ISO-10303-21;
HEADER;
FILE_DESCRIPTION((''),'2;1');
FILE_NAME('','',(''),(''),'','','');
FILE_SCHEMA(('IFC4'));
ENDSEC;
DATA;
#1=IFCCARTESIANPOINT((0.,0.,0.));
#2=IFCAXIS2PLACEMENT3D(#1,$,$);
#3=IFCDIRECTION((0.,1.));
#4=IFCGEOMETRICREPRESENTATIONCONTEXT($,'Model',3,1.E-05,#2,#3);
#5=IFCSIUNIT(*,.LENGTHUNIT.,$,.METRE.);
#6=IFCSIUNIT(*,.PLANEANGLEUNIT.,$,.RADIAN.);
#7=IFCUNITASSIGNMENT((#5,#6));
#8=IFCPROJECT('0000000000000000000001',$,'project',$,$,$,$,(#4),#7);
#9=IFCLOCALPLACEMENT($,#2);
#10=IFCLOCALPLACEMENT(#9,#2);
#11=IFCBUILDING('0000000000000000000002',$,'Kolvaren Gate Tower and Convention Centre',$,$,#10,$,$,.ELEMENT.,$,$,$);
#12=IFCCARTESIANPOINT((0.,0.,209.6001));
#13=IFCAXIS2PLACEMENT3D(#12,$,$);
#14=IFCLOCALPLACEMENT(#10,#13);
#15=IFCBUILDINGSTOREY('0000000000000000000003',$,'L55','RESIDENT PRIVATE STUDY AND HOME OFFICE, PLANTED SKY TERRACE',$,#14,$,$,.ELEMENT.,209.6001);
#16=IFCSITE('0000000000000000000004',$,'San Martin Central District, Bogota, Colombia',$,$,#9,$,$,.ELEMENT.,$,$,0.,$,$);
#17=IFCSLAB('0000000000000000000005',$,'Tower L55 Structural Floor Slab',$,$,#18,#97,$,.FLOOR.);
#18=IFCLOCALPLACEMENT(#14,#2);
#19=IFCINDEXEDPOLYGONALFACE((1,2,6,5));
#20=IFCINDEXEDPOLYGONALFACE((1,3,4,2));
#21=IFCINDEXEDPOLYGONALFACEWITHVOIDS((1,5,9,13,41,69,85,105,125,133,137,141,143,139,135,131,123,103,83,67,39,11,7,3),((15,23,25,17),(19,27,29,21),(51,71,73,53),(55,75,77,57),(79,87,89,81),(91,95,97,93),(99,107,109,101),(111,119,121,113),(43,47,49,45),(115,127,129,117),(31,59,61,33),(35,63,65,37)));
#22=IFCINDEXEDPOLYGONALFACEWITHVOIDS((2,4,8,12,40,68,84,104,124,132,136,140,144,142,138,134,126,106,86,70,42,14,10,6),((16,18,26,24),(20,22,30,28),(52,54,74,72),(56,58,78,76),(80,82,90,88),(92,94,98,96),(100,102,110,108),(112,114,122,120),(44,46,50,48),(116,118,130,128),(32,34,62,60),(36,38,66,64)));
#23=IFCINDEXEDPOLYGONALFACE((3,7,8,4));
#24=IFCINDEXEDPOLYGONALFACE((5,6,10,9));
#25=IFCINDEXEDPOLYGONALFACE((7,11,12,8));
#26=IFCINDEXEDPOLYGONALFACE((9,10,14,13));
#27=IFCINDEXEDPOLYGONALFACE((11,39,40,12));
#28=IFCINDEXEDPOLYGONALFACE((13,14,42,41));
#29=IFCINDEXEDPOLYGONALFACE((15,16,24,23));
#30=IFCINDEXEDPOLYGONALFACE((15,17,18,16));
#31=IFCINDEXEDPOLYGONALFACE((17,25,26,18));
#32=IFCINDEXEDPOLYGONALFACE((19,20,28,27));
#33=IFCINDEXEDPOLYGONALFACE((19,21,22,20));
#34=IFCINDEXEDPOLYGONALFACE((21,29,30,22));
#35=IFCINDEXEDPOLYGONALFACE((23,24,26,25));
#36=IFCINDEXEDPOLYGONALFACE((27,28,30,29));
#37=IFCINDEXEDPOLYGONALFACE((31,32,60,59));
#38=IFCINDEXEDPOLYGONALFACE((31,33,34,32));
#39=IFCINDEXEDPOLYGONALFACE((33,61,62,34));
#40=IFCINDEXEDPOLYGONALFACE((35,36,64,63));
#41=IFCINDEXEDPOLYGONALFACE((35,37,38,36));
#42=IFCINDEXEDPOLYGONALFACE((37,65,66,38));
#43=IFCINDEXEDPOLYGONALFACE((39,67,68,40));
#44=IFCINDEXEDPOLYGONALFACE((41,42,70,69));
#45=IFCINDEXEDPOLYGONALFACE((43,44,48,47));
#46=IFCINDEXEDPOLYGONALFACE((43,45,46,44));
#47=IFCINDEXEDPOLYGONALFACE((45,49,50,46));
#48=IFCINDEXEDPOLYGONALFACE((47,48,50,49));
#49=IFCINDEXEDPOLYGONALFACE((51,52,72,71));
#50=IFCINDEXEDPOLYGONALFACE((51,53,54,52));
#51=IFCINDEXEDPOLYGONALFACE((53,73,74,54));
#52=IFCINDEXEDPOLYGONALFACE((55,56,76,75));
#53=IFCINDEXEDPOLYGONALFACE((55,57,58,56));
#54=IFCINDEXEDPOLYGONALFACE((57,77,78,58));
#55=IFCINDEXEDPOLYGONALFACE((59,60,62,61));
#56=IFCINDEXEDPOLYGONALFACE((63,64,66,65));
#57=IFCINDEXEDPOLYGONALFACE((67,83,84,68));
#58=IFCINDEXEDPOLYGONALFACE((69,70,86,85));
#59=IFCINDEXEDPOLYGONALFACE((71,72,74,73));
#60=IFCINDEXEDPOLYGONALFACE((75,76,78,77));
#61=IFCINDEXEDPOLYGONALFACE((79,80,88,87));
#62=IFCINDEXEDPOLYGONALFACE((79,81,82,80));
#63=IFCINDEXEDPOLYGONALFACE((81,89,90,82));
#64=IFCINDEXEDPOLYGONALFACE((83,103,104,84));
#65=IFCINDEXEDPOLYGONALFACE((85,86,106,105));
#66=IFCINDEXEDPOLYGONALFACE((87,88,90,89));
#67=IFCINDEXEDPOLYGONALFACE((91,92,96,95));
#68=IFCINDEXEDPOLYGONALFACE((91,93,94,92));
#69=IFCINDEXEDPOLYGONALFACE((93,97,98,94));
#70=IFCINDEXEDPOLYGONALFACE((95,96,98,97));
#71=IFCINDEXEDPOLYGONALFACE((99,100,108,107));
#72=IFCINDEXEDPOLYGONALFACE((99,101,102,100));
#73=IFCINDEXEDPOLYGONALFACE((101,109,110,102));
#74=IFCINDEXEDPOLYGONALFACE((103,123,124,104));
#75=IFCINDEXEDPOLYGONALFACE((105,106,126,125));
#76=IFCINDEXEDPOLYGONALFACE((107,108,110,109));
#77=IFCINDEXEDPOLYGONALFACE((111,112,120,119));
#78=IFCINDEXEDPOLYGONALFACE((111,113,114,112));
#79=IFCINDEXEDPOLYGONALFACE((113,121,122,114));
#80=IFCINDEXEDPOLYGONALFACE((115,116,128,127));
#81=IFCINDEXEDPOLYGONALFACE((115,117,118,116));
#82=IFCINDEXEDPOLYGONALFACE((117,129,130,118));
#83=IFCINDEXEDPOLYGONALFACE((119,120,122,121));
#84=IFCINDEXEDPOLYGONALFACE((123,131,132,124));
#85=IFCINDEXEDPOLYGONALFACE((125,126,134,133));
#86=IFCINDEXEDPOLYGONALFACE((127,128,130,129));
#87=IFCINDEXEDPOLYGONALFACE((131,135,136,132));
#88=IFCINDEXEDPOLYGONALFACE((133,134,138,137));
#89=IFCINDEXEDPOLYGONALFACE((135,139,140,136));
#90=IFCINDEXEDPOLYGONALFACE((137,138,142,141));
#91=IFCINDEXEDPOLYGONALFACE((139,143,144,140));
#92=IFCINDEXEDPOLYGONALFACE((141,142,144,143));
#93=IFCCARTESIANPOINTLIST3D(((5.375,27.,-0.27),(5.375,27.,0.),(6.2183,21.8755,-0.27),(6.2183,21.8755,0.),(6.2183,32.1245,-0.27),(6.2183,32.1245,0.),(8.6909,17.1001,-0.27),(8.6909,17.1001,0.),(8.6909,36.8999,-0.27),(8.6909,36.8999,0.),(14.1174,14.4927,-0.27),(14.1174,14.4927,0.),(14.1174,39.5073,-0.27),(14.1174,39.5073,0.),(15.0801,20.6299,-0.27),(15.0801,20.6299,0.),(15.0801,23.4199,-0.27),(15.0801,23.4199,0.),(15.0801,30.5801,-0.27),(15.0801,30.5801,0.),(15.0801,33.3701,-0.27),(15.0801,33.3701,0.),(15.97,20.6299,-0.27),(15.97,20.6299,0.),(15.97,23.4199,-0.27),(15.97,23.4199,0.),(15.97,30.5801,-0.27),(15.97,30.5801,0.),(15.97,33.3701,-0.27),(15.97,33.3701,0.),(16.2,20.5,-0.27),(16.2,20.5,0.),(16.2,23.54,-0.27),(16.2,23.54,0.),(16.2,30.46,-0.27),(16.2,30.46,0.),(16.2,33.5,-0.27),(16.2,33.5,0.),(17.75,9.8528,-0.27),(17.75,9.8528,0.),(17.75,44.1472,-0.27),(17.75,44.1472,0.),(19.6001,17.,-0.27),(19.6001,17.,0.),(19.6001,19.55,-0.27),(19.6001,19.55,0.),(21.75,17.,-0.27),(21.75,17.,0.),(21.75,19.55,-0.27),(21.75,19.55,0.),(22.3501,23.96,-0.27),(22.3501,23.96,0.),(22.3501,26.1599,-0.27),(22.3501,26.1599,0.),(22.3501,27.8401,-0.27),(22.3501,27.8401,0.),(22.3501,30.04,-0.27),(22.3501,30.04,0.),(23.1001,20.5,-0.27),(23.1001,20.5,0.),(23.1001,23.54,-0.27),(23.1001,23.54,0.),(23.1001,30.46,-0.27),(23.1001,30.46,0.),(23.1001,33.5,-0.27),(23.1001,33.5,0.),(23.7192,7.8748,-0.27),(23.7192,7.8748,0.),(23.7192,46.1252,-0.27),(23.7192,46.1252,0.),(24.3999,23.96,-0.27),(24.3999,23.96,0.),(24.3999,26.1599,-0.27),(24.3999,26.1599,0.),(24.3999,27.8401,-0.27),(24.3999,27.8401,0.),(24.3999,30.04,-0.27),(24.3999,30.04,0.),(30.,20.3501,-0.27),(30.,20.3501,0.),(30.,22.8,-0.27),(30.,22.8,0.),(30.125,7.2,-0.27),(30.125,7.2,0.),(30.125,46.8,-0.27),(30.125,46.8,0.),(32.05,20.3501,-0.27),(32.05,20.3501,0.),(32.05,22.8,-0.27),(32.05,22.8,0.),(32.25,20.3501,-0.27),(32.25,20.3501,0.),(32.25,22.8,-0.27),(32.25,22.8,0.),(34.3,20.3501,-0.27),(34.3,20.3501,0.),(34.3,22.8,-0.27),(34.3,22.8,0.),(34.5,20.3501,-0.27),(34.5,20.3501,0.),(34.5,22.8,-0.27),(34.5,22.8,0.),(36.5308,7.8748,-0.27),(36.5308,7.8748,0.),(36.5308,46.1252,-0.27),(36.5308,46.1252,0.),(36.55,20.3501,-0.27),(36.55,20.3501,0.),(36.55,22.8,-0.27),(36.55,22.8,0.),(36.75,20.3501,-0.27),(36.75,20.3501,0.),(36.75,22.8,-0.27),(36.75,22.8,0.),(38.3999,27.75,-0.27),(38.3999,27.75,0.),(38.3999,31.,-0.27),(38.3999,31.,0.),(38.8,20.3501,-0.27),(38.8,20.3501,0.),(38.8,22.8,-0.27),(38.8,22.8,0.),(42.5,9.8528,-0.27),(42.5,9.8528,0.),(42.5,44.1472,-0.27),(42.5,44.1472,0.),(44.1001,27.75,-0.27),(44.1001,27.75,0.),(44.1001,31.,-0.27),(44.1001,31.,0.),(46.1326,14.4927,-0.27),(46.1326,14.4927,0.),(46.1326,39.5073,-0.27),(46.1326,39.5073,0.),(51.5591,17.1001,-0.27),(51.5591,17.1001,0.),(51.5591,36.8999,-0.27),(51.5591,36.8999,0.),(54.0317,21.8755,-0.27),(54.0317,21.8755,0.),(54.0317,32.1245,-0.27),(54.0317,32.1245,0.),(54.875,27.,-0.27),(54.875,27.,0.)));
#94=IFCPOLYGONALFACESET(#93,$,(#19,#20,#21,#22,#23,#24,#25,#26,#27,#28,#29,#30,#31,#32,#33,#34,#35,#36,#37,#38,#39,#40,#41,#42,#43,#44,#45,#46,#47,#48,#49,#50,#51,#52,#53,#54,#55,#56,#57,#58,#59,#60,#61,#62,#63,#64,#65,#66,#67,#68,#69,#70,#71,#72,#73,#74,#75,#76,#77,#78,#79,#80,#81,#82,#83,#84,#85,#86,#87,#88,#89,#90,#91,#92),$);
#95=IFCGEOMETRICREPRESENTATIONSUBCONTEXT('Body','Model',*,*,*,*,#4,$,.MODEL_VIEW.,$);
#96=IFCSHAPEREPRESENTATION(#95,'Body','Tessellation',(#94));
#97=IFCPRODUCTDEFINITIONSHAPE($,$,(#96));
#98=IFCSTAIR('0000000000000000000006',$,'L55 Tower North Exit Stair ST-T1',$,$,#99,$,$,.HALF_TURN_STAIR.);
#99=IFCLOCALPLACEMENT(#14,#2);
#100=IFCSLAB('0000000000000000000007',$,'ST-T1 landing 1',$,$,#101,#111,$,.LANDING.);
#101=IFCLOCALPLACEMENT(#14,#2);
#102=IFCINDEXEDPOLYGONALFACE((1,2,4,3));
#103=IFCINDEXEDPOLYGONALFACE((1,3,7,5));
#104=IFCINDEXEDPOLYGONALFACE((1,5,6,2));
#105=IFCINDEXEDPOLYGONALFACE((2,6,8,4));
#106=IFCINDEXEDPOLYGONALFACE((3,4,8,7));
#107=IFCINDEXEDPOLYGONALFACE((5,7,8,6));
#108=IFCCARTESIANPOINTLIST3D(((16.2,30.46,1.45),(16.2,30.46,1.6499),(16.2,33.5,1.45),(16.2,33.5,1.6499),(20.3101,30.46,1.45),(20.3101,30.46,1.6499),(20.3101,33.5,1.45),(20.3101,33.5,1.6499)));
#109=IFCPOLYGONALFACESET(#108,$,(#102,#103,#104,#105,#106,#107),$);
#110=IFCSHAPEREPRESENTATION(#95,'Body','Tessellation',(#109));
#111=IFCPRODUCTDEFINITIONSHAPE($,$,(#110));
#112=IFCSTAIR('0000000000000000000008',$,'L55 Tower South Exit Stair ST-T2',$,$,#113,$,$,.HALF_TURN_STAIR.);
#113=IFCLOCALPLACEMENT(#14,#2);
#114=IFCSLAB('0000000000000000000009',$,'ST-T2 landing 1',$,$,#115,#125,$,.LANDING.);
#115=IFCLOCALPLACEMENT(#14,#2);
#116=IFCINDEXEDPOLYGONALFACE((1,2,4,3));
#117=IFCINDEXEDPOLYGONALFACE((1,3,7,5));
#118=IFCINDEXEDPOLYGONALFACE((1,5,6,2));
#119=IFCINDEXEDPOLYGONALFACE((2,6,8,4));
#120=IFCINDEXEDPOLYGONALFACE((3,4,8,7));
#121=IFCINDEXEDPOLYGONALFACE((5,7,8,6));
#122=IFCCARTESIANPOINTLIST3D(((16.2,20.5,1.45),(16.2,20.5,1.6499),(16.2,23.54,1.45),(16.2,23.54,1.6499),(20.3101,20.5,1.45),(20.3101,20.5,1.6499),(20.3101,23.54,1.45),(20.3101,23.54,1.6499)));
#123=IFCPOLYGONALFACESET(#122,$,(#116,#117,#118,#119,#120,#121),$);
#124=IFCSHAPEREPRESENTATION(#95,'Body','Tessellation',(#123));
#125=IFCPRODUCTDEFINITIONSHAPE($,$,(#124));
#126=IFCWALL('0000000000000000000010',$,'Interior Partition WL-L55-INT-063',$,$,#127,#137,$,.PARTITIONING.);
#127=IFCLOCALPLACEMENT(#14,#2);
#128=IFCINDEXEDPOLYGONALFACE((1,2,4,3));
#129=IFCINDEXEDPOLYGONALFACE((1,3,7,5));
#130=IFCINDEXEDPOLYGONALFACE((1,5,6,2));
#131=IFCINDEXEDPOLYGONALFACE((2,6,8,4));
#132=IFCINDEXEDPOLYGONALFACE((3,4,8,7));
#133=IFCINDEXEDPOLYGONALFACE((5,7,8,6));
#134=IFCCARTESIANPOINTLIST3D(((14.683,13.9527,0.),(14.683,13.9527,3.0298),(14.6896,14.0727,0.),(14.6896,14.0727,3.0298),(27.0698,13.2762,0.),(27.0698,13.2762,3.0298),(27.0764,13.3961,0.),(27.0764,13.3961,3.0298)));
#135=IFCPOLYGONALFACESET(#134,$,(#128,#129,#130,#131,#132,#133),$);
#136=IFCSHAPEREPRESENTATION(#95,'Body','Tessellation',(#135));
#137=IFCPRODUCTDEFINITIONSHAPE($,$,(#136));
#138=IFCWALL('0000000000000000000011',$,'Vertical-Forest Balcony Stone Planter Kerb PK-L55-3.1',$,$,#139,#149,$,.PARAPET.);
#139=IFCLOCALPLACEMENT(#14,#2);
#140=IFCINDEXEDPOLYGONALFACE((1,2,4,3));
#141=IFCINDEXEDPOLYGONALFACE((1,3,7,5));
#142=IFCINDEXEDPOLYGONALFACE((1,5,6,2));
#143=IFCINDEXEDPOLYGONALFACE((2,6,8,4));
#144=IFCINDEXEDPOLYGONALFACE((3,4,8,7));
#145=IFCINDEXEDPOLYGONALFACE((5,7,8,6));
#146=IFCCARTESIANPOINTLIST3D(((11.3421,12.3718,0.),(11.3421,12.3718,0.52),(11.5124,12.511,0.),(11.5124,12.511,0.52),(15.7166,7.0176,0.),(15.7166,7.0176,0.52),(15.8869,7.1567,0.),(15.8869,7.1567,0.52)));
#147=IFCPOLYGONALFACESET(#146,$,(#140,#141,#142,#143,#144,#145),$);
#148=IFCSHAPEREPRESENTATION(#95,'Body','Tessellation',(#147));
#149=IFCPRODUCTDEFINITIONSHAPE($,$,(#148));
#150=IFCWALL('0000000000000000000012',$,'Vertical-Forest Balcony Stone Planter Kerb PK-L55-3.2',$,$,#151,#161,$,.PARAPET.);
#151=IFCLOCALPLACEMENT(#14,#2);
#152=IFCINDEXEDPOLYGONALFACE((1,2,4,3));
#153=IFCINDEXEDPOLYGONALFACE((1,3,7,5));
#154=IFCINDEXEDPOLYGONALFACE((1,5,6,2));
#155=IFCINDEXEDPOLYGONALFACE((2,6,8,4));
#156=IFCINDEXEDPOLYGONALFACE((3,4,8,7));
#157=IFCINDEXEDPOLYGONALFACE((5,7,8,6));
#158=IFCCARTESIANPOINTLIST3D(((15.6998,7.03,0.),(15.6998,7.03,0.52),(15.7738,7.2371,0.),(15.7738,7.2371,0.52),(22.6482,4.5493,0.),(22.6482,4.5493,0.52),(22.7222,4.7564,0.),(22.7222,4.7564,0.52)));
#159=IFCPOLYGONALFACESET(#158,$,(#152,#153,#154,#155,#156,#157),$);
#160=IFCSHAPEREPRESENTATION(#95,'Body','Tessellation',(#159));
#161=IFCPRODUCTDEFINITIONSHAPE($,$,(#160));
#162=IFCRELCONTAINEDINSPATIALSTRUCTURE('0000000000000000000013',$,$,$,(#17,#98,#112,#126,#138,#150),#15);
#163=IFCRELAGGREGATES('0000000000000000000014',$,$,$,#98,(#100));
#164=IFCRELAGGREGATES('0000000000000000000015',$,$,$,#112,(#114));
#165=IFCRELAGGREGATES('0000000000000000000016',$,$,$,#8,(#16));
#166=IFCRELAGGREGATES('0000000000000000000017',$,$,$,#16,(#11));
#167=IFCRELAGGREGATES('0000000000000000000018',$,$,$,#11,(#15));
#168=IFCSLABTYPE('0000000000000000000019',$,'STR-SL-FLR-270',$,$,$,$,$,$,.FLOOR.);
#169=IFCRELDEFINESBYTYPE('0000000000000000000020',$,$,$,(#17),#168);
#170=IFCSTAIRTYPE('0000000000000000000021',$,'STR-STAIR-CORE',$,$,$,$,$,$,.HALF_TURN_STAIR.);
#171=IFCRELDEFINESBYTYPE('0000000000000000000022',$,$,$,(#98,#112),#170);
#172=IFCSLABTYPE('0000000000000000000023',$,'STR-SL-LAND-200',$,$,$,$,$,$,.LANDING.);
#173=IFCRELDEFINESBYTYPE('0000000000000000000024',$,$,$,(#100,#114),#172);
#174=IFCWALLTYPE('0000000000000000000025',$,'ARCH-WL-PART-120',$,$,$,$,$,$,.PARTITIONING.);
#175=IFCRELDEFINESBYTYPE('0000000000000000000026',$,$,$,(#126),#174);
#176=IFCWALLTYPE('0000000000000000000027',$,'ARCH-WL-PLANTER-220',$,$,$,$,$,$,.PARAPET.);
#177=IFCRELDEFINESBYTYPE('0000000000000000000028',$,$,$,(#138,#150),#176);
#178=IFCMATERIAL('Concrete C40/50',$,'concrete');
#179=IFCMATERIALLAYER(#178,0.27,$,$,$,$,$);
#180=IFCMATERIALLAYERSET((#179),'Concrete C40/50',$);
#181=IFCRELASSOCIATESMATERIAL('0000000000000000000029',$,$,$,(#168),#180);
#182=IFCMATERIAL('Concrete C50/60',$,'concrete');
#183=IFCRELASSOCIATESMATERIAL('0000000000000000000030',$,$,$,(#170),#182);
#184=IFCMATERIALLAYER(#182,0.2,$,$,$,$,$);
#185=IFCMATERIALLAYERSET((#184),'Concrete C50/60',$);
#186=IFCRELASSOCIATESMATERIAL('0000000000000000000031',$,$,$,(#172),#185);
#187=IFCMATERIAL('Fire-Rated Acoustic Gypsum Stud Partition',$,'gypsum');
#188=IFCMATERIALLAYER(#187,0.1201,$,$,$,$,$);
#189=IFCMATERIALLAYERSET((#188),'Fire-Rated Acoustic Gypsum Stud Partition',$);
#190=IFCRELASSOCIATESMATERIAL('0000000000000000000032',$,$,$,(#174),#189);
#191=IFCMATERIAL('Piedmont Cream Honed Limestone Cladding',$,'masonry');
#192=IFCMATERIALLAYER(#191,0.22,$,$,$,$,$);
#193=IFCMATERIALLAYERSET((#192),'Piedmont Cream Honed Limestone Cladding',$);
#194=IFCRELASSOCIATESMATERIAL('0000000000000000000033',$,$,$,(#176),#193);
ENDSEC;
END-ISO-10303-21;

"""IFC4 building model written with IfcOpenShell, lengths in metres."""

from ifc_helpers import new_model, si_unit, direction, frame, frame_2d, origin, place, context, subcontext, project, spatial, polyline, rectangle, outline, extrude, material, layer, layer_set, type_object, element, aggregate, save


model = new_model("IFC4")

# Units and contexts
model_context = context("Model", 3, precision=1e-05, world=origin(), true_north=direction((0.0, 1.0)))
body_context = subcontext(model_context, "Body", "Model", "MODEL_VIEW")
ifc_project = project(units=[si_unit("LENGTHUNIT", "METRE"), si_unit("PLANEANGLEUNIT", "RADIAN")], contexts=[model_context])

# Site, building, storey
site_placement = place(None, origin())
site = spatial("IfcSite", under=ifc_project, at=site_placement, Name="San Martin Central District, Bogota, Colombia", CompositionType="ELEMENT", RefElevation=0.0)
building_placement = place(site_placement, origin())
building = spatial("IfcBuilding", under=site, at=building_placement, Name="Kolvaren Gate Tower and Convention Centre", CompositionType="ELEMENT")
storey_placement = place(building_placement, frame((0.0, 0.0, 209.6001)))
storey = spatial("IfcBuildingStorey", under=building, at=storey_placement, Name="L55", Description="RESIDENT PRIVATE STUDY AND HOME OFFICE, PLANTED SKY TERRACE", CompositionType="ELEMENT", Elevation=209.6001)

# Slab
ifc_material_1 = material(Name="Concrete C50/60", Category="concrete")
ifc_material_2 = material(Name="Concrete C40/50", Category="concrete")
ifc_layer_1 = layer(ifc_material_2, 0.27)
ifc_layer_set_1 = layer_set([ifc_layer_1], Name="Concrete C40/50")
slab_type_1 = type_object("IfcSlabType", Name="STR-SL-FLR-270", PredefinedType="FLOOR", material=ifc_layer_set_1)
slab_1_placement = place(storey_placement, frame((0.0, 0.0, -0.27)))
element("IfcSlab", 1, at=slab_1_placement, inside=storey, type_object=slab_type_1, Name="Tower L55 Structural Floor Slab", PredefinedType="FLOOR", context=body_context, shape_type="SweptSolid", body=[
    extrude(outline(polyline([(54.875, 27.0), (54.0317, 32.1245), (51.5591, 36.8999), (46.1326, 39.5073), (42.5, 44.1472), (36.5308, 46.1252), (30.125, 46.8), (23.7192, 46.1252), (17.75, 44.1472), (14.1174, 39.5073), (8.6909, 36.8999), (6.2183, 32.1245), (5.375, 27.0), (6.2183, 21.8755), (8.6909, 17.1001), (14.1174, 14.4927), (17.75, 9.8528), (23.7192, 7.8748), (30.125, 7.2), (36.5308, 7.8748), (42.5, 9.8528), (46.1326, 14.4927), (51.5591, 17.1001), (54.0317, 21.8755), (54.875, 27.0)]), holes=[polyline([(38.3999, 27.75), (38.3999, 31.0), (44.1001, 31.0), (44.1001, 27.75), (38.3999, 27.75)]), polyline([(38.8, 20.3501), (36.75, 20.3501), (36.75, 22.8), (38.8, 22.8), (38.8, 20.3501)]), polyline([(34.5, 20.3501), (34.5, 22.8), (36.55, 22.8), (36.55, 20.3501), (34.5, 20.3501)]), polyline([(32.25, 20.3501), (32.25, 22.8), (34.3, 22.8), (34.3, 20.3501), (32.25, 20.3501)]), polyline([(32.05, 20.3501), (30.0, 20.3501), (30.0, 22.8), (32.05, 22.8), (32.05, 20.3501)]), polyline([(22.3501, 23.96), (22.3501, 26.1599), (24.3999, 26.1599), (24.3999, 23.96), (22.3501, 23.96)]), polyline([(24.3999, 27.8401), (22.3501, 27.8401), (22.3501, 30.04), (24.3999, 30.04), (24.3999, 27.8401)]), polyline([(23.1001, 23.54), (23.1001, 20.5), (16.2, 20.5), (16.2, 23.54), (23.1001, 23.54)]), polyline([(23.1001, 33.5), (23.1001, 30.46), (16.2, 30.46), (16.2, 33.5), (23.1001, 33.5)]), polyline([(21.75, 17.0), (19.6001, 17.0), (19.6001, 19.55), (21.75, 19.55), (21.75, 17.0)]), polyline([(15.0801, 20.6299), (15.0801, 23.4199), (15.97, 23.4199), (15.97, 20.6299), (15.0801, 20.6299)]), polyline([(15.0801, 30.5801), (15.0801, 33.3701), (15.97, 33.3701), (15.97, 30.5801), (15.0801, 30.5801)])]), origin(), (0.0, 0.0, 1.0), 0.27),
])

# Stairs, slabs
stair_type = type_object("IfcStairType", Name="STR-STAIR-CORE", PredefinedType="HALF_TURN_STAIR", material=ifc_material_1)
stair_1_placement = place(storey_placement, origin())
stair_1 = element("IfcStair", 2, at=stair_1_placement, inside=storey, type_object=stair_type, Name="L55 Tower North Exit Stair ST-T1", PredefinedType="HALF_TURN_STAIR")
ifc_layer_2 = layer(ifc_material_1, 0.2)
ifc_layer_set_2 = layer_set([ifc_layer_2], Name="Concrete C50/60")
slab_type_2 = type_object("IfcSlabType", Name="STR-SL-LAND-200", PredefinedType="LANDING", material=ifc_layer_set_2)
slab_2_placement = place(storey_placement, frame((0.0, 0.0, 1.45)))
slab_2 = element("IfcSlab", 3, at=slab_2_placement, type_object=slab_type_2, Name="ST-T1 landing 1", PredefinedType="LANDING", context=body_context, shape_type="SweptSolid", body=[
    extrude(outline(polyline([(20.3101, 33.5), (16.2, 33.5), (16.2, 30.46), (20.3101, 30.46), (20.3101, 33.5)])), origin(), (0.0, 0.0, 1.0), 0.2),
])
aggregate(stair_1, [slab_2])
stair_2_placement = place(storey_placement, origin())
stair_2 = element("IfcStair", 4, at=stair_2_placement, inside=storey, type_object=stair_type, Name="L55 Tower South Exit Stair ST-T2", PredefinedType="HALF_TURN_STAIR")
slab_3_placement = place(storey_placement, frame((0.0, 0.0, 1.45)))
slab_3 = element("IfcSlab", 5, at=slab_3_placement, type_object=slab_type_2, Name="ST-T2 landing 1", PredefinedType="LANDING", context=body_context, shape_type="SweptSolid", body=[
    extrude(outline(polyline([(20.3101, 23.54), (16.2, 23.54), (16.2, 20.5), (20.3101, 20.5), (20.3101, 23.54)])), origin(), (0.0, 0.0, 1.0), 0.2),
])
aggregate(stair_2, [slab_3])

# Walls
ifc_material_3 = material(Name="Fire-Rated Acoustic Gypsum Stud Partition", Category="gypsum")
ifc_layer_3 = layer(ifc_material_3, 0.1201)
ifc_layer_set_3 = layer_set([ifc_layer_3], Name="Fire-Rated Acoustic Gypsum Stud Partition")
wall_type_1 = type_object("IfcWallType", Name="ARCH-WL-PART-120", PredefinedType="PARTITIONING", material=ifc_layer_set_3)
wall_1_placement = place(storey_placement, frame((14.6863, 14.0127, 0.0), z_axis=(0.0, 0.0, 1.0), x_axis=(0.998512, -0.054535, 0.0)))
element("IfcWall", 6, at=wall_1_placement, inside=storey, type_object=wall_type_1, Name="Interior Partition WL-L55-INT-063", PredefinedType="PARTITIONING", context=body_context, shape_type="SweptSolid", body=[
    extrude(rectangle(XDim=12.4053, YDim=0.1201, at=frame_2d((6.2026, 0.0))), origin(), (0.0, 0.0, 1.0), 3.0298),
])
ifc_material_4 = material(Name="Piedmont Cream Honed Limestone Cladding", Category="masonry")
ifc_layer_4 = layer(ifc_material_4, 0.22)
ifc_layer_set_4 = layer_set([ifc_layer_4], Name="Piedmont Cream Honed Limestone Cladding")
wall_type_2 = type_object("IfcWallType", Name="ARCH-WL-PLANTER-220", PredefinedType="PARAPET", material=ifc_layer_set_4)
wall_2_placement = place(storey_placement, frame((11.4272, 12.4414, 0.0), z_axis=(0.0, 0.0, 1.0), x_axis=(0.632697, -0.774399, 0.0)))
element("IfcWall", 7, at=wall_2_placement, inside=storey, type_object=wall_type_2, Name="Vertical-Forest Balcony Stone Planter Kerb PK-L55-3.1", PredefinedType="PARAPET", context=body_context, shape_type="SweptSolid", body=[
    extrude(rectangle(XDim=6.9141, YDim=0.22, at=frame_2d((3.457, 0.0))), origin(), (0.0, 0.0, 1.0), 0.52),
])
wall_3_placement = place(storey_placement, frame((15.7368, 7.1335, 0.0), z_axis=(0.0, 0.0, 1.0), x_axis=(0.94178, -0.336229, 0.0)))
element("IfcWall", 8, at=wall_3_placement, inside=storey, type_object=wall_type_2, Name="Vertical-Forest Balcony Stone Planter Kerb PK-L55-3.2", PredefinedType="PARAPET", context=body_context, shape_type="SweptSolid", body=[
    extrude(rectangle(XDim=7.3779, YDim=0.22, at=frame_2d((3.689, 0.0))), origin(), (0.0, 0.0, 1.0), 0.52),
])

save(model, "model.ifc")
